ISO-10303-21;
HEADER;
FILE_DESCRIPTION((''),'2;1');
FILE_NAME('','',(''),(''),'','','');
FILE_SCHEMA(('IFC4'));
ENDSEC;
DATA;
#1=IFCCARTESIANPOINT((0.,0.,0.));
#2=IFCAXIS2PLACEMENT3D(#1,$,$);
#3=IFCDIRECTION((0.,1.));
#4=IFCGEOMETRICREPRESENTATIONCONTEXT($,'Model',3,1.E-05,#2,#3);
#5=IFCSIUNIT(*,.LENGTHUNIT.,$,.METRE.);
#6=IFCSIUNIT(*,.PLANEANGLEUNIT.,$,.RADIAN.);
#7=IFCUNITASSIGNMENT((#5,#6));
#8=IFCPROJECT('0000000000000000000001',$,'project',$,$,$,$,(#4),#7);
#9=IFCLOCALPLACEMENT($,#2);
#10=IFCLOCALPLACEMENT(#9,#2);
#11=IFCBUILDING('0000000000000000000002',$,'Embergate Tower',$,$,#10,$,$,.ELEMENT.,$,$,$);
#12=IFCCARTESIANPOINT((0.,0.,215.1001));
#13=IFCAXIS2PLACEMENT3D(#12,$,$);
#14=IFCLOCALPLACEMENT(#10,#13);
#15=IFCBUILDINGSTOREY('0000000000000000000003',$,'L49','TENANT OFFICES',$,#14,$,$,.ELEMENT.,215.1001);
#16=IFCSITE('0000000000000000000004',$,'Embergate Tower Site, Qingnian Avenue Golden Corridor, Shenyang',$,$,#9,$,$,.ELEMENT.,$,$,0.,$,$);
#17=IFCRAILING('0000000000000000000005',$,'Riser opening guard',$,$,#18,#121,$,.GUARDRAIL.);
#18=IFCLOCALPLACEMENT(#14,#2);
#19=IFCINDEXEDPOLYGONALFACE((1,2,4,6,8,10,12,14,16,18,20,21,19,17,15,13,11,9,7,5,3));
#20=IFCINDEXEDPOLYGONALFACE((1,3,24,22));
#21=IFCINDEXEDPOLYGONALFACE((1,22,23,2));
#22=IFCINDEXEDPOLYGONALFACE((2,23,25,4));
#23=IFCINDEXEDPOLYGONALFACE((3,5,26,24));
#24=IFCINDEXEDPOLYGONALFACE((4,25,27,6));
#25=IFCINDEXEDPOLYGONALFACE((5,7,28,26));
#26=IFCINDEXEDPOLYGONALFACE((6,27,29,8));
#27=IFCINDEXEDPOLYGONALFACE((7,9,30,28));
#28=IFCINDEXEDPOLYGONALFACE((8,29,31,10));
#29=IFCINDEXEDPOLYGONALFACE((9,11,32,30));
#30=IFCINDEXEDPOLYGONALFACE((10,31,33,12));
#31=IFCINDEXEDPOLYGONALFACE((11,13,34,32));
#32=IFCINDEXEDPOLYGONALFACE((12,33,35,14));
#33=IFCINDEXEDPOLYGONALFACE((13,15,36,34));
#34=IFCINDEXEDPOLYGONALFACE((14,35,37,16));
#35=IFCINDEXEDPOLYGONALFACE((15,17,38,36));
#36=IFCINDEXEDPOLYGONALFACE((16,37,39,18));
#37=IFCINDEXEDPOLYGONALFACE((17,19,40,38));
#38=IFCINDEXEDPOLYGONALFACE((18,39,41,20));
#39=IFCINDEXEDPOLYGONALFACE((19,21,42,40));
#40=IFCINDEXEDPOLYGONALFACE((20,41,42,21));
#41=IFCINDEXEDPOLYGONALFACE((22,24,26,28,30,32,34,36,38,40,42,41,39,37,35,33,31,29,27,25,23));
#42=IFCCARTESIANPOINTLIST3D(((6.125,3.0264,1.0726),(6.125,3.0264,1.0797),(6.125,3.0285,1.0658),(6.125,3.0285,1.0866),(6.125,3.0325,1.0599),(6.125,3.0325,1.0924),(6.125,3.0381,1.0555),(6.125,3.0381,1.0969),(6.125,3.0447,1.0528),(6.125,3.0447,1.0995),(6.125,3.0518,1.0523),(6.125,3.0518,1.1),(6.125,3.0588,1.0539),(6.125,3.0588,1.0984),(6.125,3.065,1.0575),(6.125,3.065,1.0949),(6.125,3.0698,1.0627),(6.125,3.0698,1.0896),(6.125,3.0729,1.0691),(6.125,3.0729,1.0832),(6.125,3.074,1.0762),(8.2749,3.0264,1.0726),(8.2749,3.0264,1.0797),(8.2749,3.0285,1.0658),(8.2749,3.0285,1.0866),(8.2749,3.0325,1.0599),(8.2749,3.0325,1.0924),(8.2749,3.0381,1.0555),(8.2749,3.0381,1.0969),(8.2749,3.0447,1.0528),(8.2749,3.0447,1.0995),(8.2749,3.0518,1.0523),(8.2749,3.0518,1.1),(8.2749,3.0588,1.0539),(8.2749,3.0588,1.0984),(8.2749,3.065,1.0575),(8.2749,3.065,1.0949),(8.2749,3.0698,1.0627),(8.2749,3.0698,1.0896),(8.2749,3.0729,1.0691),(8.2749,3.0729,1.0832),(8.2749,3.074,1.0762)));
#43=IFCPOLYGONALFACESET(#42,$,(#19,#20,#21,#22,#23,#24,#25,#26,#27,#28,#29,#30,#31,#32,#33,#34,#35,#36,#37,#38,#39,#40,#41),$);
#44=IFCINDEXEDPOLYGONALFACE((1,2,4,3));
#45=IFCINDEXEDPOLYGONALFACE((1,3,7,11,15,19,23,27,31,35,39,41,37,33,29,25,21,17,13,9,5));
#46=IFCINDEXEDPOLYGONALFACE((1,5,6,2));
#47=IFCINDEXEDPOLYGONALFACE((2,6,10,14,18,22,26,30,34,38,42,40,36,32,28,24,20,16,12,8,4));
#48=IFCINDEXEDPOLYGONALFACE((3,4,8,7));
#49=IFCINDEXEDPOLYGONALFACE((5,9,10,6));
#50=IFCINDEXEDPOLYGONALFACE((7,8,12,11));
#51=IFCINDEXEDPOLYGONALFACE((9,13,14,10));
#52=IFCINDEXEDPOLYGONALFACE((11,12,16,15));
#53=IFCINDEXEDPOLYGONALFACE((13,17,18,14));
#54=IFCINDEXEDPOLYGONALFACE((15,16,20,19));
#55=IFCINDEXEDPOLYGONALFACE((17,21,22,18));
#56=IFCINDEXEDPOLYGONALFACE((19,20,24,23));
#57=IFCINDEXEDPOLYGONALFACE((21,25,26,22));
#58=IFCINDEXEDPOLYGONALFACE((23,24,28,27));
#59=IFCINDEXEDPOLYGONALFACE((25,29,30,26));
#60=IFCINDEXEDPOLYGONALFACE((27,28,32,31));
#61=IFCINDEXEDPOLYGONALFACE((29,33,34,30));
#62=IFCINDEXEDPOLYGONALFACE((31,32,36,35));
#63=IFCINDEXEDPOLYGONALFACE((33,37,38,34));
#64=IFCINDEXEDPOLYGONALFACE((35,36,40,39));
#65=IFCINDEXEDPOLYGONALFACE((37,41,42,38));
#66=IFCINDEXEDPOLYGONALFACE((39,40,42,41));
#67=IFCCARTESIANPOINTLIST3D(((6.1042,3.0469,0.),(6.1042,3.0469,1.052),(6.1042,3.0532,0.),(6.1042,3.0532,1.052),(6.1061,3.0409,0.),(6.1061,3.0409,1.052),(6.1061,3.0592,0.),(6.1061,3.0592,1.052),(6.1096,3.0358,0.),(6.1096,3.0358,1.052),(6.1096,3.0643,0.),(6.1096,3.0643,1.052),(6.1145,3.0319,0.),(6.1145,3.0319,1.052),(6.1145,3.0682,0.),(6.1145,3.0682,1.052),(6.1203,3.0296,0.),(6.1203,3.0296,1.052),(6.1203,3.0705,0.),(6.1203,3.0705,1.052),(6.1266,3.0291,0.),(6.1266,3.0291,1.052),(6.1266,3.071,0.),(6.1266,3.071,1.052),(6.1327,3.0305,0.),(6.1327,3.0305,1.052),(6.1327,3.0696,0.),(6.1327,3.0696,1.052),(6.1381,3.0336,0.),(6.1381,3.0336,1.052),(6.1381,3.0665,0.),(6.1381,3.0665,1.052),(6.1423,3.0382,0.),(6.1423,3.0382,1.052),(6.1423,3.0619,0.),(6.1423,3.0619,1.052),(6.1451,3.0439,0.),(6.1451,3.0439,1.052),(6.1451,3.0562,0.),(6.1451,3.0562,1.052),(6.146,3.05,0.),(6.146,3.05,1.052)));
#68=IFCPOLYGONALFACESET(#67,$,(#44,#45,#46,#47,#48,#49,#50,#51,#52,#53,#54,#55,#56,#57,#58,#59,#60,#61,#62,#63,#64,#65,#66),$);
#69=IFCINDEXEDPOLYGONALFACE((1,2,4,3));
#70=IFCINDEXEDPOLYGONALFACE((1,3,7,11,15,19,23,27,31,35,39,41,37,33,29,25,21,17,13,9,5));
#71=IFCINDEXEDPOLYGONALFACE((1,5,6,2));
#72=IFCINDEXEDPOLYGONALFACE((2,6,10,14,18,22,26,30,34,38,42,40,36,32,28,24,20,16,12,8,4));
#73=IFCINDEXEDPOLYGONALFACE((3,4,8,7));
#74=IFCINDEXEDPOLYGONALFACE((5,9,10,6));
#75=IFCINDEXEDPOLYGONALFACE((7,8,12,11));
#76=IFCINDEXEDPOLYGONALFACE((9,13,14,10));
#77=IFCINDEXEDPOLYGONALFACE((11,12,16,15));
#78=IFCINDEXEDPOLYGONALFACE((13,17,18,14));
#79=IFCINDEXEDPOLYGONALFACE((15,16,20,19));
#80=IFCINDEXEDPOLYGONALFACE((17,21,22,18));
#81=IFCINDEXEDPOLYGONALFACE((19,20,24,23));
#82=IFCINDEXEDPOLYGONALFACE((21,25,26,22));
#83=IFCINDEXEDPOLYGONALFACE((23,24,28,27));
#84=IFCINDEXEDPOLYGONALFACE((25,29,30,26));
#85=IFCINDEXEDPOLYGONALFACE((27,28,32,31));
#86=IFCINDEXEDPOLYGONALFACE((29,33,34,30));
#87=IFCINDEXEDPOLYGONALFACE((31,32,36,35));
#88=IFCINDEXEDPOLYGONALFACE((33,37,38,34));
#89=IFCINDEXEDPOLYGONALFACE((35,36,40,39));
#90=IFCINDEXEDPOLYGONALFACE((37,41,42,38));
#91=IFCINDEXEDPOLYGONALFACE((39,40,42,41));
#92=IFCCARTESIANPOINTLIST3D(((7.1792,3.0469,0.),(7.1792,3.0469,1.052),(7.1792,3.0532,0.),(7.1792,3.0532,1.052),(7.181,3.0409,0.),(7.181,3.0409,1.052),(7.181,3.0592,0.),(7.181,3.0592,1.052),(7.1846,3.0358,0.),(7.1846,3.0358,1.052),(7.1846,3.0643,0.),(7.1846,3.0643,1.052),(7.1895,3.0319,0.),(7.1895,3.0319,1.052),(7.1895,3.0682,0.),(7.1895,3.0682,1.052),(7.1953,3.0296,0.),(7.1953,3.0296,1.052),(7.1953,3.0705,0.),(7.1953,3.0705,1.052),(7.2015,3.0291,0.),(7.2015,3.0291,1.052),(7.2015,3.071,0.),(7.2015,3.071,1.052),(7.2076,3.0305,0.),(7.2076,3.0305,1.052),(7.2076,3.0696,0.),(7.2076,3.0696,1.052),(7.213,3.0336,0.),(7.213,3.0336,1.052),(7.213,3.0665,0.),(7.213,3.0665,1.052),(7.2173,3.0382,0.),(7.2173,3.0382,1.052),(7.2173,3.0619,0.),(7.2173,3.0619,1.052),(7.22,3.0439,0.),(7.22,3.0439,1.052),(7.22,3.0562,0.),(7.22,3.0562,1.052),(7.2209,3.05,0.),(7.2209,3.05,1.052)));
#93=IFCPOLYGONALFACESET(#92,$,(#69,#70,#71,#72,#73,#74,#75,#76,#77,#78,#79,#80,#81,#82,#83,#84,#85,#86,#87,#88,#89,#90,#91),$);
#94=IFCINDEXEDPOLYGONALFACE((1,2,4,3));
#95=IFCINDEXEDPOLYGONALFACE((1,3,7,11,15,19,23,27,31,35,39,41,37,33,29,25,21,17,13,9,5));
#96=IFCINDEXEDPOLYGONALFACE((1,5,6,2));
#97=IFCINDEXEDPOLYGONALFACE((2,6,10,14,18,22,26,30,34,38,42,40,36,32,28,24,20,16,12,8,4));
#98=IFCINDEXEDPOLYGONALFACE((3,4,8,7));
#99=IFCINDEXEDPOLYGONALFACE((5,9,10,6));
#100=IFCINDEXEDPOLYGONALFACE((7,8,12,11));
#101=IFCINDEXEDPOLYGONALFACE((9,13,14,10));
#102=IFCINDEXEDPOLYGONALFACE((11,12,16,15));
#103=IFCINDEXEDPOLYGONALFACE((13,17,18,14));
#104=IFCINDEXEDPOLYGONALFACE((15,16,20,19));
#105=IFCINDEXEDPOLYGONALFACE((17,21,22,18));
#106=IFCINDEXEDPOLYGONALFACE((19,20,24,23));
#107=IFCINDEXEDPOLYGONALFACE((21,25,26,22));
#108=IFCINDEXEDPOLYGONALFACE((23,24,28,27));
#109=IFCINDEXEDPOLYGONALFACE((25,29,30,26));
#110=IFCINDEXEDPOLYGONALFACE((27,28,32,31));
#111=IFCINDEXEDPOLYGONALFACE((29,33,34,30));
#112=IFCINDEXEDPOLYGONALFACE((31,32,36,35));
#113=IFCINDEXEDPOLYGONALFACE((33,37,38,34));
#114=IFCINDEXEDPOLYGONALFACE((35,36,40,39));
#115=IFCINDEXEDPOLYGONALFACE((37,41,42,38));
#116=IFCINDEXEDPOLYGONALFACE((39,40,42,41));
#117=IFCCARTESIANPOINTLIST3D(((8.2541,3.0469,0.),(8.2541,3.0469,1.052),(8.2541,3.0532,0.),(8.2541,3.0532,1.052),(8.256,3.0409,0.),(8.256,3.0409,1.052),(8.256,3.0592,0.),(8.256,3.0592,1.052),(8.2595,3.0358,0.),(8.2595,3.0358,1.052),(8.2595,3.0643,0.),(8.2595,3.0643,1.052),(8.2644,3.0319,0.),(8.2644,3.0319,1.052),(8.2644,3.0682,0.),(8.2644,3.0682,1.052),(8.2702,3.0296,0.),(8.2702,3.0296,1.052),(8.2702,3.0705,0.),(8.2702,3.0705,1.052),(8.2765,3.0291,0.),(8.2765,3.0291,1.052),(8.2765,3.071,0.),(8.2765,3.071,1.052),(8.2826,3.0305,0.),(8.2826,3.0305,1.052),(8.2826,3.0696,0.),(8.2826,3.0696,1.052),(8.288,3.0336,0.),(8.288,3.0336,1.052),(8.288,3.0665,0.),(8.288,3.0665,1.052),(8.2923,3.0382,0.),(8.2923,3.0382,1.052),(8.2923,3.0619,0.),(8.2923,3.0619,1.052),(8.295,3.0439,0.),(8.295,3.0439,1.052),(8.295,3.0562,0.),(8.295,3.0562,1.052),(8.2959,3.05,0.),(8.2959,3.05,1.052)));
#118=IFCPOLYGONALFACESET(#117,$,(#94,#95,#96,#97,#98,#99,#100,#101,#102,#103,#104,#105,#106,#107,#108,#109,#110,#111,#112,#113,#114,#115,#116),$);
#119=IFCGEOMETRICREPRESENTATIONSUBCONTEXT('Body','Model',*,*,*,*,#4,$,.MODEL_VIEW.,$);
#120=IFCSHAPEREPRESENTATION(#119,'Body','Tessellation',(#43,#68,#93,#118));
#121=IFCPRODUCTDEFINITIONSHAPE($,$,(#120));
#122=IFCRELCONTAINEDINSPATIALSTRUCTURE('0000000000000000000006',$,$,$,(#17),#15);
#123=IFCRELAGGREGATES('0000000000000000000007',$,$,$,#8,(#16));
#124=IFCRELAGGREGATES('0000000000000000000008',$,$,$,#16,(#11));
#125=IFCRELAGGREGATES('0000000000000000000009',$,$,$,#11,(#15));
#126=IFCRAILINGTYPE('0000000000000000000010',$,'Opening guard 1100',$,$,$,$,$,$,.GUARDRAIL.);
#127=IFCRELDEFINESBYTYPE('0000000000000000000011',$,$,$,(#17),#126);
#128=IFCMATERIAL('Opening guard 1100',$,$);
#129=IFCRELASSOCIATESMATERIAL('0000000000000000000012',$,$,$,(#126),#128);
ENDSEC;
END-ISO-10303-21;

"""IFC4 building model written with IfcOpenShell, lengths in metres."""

from ifc_helpers import new_model, si_unit, direction, frame, origin, origin_2d, place, context, subcontext, project, spatial, circle, extrude, source, transform, mapped, material, type_object, element, save


model = new_model("IFC4")

# Units and contexts
model_context = context("Model", 3, precision=1e-05, world=origin(), true_north=direction((0.0, 1.0)))
body_context = subcontext(model_context, "Body", "Model", "MODEL_VIEW")
ifc_project = project(units=[si_unit("LENGTHUNIT", "METRE"), si_unit("PLANEANGLEUNIT", "RADIAN")], contexts=[model_context])

# Site, building, storey
site_placement = place(None, origin())
site = spatial("IfcSite", under=ifc_project, at=site_placement, Name="Embergate Tower Site, Qingnian Avenue Golden Corridor, Shenyang", CompositionType="ELEMENT", RefElevation=0.0)
building_placement = place(site_placement, origin())
building = spatial("IfcBuilding", under=site, at=building_placement, Name="Embergate Tower", CompositionType="ELEMENT")
storey_placement = place(building_placement, frame((0.0, 0.0, 215.1001)))
storey = spatial("IfcBuildingStorey", under=building, at=storey_placement, Name="L49", Description="TENANT OFFICES", CompositionType="ELEMENT", Elevation=215.1001)

# Railing
ifc_material_1 = material(Name="Opening guard 1100")
railing_type = type_object("IfcRailingType", Name="Opening guard 1100", PredefinedType="GUARDRAIL", material=ifc_material_1)
shared_shape_1 = source(origin(), body_context, "Body", "SweptSolid", [
    extrude(circle(Radius=0.0239, at=origin_2d()), frame((0.0, 0.0, 1.0762), z_axis=(1.0, 0.0, 0.0), x_axis=(0.0, 1.0, 0.0)), (0.0, 0.0, 1.0), 2.1499),
    extrude(circle(Radius=0.021, at=origin_2d()), origin(), (0.0, 0.0, 1.0), 1.052),
    extrude(circle(Radius=0.021, at=origin_2d()), frame((1.075, 0.0, 0.0)), (0.0, 0.0, 1.0), 1.052),
    extrude(circle(Radius=0.021, at=origin_2d()), frame((2.1499, 0.0, 0.0)), (0.0, 0.0, 1.0), 1.052),
])
railing_placement = place(storey_placement, frame((6.125, 3.05, 0.0)))
element("IfcRailing", 1, at=railing_placement, inside=storey, type_object=railing_type, Name="Riser opening guard", PredefinedType="GUARDRAIL", context=body_context, shape_type="MappedRepresentation", body=[
    mapped(shared_shape_1, transform((0.0, 0.0, 0.0))),
])

save(model, "model.ifc")
